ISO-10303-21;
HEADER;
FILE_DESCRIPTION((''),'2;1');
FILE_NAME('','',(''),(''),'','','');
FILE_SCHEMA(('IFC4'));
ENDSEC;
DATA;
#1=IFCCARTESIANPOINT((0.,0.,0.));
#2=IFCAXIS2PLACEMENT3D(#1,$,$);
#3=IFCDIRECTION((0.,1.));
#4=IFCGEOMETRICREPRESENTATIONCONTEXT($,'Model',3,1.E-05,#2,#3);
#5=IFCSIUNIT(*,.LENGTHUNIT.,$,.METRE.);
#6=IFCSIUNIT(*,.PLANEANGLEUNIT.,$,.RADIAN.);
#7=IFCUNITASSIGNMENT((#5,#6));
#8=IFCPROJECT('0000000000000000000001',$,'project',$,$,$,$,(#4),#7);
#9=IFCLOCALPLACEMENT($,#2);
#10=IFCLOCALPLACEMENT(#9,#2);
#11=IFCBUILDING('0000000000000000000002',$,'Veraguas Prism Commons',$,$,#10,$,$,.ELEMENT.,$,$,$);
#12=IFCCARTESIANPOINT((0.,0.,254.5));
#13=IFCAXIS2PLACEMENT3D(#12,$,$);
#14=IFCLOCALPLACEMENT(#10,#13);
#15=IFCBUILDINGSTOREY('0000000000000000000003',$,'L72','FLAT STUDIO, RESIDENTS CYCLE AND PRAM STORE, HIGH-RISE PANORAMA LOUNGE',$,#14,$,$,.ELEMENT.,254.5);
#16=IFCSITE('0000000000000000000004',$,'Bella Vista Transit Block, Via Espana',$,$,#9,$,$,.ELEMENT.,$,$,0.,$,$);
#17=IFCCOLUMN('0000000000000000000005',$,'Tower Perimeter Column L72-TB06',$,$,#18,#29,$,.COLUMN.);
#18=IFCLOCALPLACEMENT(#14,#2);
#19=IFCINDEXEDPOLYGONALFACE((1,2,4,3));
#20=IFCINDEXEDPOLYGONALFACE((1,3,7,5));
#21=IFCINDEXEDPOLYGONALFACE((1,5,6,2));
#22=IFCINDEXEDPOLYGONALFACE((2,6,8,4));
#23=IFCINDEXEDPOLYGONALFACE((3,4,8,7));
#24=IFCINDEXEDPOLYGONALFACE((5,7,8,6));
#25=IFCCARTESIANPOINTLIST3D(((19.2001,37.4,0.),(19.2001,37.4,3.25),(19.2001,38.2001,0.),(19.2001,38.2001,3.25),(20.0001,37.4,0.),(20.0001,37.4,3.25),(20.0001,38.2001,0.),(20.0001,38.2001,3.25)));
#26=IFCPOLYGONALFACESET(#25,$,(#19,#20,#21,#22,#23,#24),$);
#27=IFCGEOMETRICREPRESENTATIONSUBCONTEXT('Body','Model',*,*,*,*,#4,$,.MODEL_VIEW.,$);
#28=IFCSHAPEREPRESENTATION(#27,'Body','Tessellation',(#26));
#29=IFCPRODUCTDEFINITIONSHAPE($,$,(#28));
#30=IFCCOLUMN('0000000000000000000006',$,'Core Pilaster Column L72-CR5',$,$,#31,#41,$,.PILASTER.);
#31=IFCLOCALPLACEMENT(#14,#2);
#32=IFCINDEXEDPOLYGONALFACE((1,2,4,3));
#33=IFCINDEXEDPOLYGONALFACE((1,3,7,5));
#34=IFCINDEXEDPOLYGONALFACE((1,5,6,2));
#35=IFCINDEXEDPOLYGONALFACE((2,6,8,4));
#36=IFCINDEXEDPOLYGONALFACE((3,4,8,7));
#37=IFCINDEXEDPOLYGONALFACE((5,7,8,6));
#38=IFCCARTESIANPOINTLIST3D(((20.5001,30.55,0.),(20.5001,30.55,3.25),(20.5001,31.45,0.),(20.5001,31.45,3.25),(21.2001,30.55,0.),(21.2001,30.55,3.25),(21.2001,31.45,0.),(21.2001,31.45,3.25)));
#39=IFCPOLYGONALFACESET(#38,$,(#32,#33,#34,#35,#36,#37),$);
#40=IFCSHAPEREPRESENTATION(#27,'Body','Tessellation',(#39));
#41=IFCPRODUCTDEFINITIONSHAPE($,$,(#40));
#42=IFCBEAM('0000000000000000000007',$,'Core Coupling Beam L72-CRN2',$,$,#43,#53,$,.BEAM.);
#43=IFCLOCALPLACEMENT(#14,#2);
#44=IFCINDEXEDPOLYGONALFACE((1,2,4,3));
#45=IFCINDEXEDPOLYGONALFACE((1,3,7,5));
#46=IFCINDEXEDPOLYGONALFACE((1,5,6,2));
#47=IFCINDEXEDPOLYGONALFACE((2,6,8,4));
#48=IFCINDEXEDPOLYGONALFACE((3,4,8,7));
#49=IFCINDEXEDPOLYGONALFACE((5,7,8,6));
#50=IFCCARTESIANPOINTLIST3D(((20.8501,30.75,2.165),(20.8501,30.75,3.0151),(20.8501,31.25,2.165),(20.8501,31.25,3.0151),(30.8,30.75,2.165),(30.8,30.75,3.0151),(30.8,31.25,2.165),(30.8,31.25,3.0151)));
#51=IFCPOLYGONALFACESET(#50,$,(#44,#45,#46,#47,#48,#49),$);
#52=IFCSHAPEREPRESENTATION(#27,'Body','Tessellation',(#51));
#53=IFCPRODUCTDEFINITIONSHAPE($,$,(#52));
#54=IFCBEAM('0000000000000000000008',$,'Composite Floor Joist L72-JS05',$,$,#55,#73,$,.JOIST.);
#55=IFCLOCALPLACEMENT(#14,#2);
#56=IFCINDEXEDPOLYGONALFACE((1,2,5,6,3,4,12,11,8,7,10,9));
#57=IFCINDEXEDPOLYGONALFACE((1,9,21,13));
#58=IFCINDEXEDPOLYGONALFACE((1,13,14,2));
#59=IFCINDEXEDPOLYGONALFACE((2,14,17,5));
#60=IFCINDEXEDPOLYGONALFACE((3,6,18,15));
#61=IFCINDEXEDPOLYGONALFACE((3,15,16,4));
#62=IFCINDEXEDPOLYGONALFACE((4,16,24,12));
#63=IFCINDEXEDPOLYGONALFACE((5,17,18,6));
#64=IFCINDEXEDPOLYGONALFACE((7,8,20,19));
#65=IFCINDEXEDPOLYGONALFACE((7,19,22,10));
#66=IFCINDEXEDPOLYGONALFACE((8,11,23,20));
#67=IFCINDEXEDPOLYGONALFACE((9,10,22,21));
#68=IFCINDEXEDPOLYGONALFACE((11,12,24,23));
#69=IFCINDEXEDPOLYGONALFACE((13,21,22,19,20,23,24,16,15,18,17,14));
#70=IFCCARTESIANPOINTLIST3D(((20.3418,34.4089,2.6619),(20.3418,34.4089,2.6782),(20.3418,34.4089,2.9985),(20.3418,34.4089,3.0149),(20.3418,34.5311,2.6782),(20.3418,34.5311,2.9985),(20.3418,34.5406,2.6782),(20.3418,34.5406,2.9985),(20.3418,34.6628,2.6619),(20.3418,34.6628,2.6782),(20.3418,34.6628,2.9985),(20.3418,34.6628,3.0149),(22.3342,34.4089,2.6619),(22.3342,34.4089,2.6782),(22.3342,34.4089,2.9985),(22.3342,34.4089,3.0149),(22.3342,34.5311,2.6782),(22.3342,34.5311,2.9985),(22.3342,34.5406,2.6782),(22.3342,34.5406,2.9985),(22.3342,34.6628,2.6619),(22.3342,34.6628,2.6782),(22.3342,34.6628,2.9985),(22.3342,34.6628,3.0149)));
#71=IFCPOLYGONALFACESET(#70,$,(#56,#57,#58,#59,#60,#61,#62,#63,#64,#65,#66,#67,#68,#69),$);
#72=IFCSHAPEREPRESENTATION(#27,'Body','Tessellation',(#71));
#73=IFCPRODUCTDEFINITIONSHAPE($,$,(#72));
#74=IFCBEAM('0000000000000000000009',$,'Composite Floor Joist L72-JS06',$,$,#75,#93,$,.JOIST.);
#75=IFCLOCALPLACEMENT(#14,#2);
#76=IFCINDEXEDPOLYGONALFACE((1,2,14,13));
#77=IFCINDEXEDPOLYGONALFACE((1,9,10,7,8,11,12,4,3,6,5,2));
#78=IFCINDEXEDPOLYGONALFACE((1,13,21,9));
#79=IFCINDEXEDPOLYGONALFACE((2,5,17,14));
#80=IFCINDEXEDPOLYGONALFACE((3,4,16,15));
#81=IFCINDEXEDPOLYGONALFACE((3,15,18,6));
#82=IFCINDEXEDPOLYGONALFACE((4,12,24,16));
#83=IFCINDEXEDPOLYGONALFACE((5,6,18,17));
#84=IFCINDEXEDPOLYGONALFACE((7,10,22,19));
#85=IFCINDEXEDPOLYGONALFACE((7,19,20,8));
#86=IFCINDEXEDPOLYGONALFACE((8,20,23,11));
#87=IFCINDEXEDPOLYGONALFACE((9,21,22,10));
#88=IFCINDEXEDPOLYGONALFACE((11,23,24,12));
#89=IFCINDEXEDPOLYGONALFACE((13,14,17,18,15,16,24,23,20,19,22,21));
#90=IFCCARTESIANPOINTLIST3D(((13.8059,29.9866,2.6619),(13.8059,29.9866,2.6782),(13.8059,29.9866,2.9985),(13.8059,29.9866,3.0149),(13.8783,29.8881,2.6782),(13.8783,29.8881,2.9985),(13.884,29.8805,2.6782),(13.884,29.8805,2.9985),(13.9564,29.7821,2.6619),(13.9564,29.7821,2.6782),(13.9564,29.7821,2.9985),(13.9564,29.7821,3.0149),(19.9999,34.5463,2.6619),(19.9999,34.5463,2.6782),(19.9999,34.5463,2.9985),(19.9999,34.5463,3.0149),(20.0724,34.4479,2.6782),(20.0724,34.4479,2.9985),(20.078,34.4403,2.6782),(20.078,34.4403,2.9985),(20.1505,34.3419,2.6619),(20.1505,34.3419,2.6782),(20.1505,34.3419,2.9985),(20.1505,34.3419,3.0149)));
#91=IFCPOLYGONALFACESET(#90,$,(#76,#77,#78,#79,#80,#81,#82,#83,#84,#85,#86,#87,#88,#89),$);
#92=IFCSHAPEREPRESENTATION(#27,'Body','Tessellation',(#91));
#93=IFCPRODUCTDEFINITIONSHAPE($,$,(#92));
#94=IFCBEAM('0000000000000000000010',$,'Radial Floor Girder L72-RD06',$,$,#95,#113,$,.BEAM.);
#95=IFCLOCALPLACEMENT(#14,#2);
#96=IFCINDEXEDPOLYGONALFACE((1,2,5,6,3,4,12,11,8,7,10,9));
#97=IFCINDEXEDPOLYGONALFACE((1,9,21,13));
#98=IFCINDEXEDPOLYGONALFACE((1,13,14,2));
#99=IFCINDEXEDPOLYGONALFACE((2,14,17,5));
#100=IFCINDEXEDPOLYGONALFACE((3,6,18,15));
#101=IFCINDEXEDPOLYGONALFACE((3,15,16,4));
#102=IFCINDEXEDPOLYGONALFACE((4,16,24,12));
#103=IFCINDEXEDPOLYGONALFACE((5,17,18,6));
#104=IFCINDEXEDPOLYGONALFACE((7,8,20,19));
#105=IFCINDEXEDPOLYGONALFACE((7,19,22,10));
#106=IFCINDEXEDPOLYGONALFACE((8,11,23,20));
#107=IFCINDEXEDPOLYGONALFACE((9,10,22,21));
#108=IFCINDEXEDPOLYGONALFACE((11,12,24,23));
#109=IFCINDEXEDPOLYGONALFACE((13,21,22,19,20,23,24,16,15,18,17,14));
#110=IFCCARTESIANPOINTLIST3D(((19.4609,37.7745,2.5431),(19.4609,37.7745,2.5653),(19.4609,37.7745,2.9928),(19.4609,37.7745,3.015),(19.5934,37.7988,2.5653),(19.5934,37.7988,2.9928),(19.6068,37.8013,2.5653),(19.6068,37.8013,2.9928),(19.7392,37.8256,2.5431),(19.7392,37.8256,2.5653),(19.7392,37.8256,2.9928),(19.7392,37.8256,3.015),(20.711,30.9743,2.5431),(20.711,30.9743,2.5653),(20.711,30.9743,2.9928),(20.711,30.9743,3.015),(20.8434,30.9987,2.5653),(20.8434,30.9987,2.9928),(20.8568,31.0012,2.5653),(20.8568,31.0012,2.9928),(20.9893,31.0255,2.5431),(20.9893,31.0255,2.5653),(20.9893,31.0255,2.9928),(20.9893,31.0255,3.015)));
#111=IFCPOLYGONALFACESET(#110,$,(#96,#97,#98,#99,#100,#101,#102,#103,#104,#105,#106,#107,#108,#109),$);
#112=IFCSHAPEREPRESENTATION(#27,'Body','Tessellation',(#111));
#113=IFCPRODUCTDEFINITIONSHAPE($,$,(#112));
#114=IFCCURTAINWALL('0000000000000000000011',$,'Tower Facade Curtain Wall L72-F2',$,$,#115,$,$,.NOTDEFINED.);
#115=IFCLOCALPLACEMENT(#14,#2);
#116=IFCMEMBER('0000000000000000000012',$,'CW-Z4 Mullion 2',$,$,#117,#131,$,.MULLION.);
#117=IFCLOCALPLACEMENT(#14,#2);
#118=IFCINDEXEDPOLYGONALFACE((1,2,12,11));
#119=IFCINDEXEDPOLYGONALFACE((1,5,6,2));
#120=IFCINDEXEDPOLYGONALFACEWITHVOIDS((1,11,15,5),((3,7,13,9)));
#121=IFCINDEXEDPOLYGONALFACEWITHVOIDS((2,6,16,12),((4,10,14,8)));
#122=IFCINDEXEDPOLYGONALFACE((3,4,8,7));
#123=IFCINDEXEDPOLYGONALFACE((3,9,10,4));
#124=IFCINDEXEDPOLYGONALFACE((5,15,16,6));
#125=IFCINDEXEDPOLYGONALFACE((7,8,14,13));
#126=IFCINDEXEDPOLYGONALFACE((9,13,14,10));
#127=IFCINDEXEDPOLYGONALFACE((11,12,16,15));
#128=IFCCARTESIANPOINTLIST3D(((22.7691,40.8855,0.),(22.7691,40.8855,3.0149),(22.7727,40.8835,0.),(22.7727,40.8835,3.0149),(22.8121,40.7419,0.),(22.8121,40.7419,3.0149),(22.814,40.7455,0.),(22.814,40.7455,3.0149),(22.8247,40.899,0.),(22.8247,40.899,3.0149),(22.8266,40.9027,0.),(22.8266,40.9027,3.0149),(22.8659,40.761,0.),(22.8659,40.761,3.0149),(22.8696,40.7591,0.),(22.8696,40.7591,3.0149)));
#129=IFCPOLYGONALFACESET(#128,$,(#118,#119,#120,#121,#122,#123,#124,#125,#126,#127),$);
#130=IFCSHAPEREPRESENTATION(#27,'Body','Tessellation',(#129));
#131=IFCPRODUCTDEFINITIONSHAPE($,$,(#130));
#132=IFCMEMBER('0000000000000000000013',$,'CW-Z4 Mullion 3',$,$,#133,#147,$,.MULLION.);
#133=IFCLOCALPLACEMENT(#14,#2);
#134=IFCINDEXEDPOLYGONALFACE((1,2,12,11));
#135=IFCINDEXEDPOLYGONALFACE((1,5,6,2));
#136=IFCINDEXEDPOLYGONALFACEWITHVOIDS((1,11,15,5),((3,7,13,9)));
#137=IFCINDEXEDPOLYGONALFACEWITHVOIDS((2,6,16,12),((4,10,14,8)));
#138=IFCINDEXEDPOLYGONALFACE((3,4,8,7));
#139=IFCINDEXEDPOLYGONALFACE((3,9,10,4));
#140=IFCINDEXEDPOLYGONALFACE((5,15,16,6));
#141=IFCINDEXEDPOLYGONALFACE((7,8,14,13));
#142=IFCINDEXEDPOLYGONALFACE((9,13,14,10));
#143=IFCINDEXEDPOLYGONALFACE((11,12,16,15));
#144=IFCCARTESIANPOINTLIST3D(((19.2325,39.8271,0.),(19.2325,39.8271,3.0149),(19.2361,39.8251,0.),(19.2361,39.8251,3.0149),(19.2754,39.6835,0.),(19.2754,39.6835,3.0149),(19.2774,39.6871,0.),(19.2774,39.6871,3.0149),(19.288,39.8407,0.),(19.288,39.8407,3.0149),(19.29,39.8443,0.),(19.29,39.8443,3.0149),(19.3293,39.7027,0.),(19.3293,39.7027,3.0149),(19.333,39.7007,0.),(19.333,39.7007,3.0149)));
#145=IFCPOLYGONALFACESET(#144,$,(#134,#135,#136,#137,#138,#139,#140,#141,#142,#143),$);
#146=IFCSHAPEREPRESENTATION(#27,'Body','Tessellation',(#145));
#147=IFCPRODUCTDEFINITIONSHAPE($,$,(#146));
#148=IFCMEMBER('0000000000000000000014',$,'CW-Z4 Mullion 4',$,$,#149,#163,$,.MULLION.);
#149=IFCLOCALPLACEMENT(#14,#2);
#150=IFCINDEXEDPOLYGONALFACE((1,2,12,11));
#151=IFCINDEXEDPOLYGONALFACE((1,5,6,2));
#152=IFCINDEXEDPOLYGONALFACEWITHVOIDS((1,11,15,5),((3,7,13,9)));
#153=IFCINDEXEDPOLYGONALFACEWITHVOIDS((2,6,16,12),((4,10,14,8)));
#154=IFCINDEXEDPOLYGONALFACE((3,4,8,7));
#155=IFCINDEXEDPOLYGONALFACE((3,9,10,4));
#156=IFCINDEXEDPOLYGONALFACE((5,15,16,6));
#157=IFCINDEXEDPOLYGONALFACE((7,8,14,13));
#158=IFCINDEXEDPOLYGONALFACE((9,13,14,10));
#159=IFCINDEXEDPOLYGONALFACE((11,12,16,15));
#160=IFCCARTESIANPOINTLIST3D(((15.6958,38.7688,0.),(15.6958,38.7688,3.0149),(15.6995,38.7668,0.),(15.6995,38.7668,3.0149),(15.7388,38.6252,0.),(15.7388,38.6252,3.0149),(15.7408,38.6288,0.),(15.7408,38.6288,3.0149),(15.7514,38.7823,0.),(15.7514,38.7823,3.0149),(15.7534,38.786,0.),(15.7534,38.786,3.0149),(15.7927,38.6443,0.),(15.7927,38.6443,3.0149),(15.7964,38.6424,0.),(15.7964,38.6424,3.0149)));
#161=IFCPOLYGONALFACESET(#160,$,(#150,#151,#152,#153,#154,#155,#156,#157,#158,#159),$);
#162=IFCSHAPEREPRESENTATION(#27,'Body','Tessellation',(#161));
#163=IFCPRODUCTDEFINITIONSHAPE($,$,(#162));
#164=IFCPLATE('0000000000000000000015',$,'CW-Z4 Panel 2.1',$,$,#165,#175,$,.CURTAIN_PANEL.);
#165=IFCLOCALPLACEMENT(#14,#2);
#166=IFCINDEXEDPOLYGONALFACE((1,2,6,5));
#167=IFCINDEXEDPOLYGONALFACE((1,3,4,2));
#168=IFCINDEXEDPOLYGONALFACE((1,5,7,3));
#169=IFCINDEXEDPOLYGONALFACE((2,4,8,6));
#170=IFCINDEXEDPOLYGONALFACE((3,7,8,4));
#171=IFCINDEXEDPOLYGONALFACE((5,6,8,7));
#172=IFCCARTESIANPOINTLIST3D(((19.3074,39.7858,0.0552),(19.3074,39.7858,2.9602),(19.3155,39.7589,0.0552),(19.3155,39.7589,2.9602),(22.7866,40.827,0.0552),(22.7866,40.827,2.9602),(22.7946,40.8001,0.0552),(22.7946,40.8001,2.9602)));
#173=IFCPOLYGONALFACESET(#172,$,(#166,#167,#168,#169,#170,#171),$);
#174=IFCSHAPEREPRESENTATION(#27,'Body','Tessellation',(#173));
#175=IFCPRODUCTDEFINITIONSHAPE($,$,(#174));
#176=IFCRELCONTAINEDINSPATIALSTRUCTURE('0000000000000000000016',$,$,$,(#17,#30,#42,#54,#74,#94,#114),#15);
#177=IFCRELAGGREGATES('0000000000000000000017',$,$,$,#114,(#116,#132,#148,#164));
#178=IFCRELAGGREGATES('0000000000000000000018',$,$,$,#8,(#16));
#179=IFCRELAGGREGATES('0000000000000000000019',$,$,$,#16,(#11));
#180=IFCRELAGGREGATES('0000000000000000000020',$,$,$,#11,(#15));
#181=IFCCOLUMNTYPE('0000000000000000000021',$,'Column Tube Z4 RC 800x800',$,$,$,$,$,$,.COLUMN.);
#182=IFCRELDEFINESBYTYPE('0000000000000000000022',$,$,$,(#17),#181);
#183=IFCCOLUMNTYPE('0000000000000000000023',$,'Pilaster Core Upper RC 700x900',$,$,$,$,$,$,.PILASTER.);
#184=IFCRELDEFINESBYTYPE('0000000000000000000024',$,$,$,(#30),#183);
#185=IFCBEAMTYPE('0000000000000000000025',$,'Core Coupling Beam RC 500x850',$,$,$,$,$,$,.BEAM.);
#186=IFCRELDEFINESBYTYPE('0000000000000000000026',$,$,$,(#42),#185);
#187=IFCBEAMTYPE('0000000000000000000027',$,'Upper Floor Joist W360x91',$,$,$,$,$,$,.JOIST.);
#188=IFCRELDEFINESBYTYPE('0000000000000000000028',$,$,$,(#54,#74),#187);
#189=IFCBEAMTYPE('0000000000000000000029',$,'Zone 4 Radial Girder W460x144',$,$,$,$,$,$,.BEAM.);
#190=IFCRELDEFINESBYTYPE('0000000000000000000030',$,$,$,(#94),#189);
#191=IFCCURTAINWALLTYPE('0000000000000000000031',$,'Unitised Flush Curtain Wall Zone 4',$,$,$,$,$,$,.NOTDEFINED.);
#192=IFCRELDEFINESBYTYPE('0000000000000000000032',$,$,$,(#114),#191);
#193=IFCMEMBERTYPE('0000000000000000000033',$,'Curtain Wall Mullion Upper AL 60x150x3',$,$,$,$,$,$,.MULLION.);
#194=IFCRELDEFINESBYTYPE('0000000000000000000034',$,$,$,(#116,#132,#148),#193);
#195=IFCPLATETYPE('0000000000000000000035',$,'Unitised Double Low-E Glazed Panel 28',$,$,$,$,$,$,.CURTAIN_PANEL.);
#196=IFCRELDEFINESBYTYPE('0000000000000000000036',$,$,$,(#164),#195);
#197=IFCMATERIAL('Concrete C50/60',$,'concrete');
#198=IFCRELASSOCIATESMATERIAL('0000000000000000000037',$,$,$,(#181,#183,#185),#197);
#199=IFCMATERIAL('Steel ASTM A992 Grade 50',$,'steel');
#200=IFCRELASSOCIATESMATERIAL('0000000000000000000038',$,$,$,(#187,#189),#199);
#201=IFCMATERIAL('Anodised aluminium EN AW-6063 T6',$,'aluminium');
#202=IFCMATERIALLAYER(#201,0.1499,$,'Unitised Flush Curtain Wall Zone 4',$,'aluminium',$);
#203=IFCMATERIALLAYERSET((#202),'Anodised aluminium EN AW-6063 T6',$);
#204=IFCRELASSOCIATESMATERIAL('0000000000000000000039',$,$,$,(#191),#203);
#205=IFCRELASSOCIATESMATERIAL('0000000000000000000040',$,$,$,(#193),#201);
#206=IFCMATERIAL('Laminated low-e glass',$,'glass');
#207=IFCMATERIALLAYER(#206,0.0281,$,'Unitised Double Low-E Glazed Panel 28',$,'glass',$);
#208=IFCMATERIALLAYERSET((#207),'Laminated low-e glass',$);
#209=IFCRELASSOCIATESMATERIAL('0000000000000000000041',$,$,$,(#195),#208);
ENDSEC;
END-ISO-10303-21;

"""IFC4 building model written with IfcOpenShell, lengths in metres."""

from ifc_helpers import new_model, si_unit, direction, frame, origin, origin_2d, place, context, subcontext, project, spatial, rectangle, hollow_rectangle, i_section, extrude, source, transform, mapped, material, layer, layer_set, material_profile, profile_set, type_object, element, aggregate, save


model = new_model("IFC4")

# Units and contexts
model_context = context("Model", 3, precision=1e-05, world=origin(), true_north=direction((0.0, 1.0)))
body_context = subcontext(model_context, "Body", "Model", "MODEL_VIEW")
ifc_project = project(units=[si_unit("LENGTHUNIT", "METRE"), si_unit("PLANEANGLEUNIT", "RADIAN")], contexts=[model_context])

# Site, building, storey
site_placement = place(None, origin())
site = spatial("IfcSite", under=ifc_project, at=site_placement, Name="Bella Vista Transit Block, Via Espana", CompositionType="ELEMENT", RefElevation=0.0)
building_placement = place(site_placement, origin())
building = spatial("IfcBuilding", under=site, at=building_placement, Name="Veraguas Prism Commons", CompositionType="ELEMENT")
storey_placement = place(building_placement, frame((0.0, 0.0, 254.5)))
storey = spatial("IfcBuildingStorey", under=building, at=storey_placement, Name="L72", Description="FLAT STUDIO, RESIDENTS CYCLE AND PRAM STORE, HIGH-RISE PANORAMA LOUNGE", CompositionType="ELEMENT", Elevation=254.5)

# Columns
ifc_material_1 = material(Name="Concrete C50/60", Category="concrete")
ifc_material_profile_1 = material_profile(ifc_material_1, rectangle(XDim=0.8, YDim=0.8, at=origin_2d()), Name="RC800X800")
ifc_profile_set_1 = profile_set([ifc_material_profile_1], Name="Concrete C50/60")
column_type_1 = type_object("IfcColumnType", Name="Column Tube Z4 RC 800x800", PredefinedType="COLUMN", material=ifc_profile_set_1)
column_1_placement = place(storey_placement, frame((19.6001, 37.8, 0.0), z_axis=(0.0, 0.0, 1.0), x_axis=(1.0, 0.0, 0.0)))
element("IfcColumn", 1, at=column_1_placement, inside=storey, type_object=column_type_1, Name="Tower Perimeter Column L72-TB06", PredefinedType="COLUMN", context=body_context, shape_type="SweptSolid", body=[
    extrude(rectangle(XDim=0.8, YDim=0.8, at=origin_2d()), origin(), (0.0, 0.0, 1.0), 3.25),
])
ifc_material_profile_2 = material_profile(ifc_material_1, rectangle(XDim=0.7, YDim=0.8999, at=origin_2d()), Name="RC700X900")
ifc_profile_set_2 = profile_set([ifc_material_profile_2], Name="Concrete C50/60")
column_type_2 = type_object("IfcColumnType", Name="Pilaster Core Upper RC 700x900", PredefinedType="PILASTER", material=ifc_profile_set_2)
column_2_placement = place(storey_placement, frame((20.8501, 31.0, 0.0), z_axis=(0.0, 0.0, 1.0), x_axis=(1.0, 0.0, 0.0)))
element("IfcColumn", 2, at=column_2_placement, inside=storey, type_object=column_type_2, Name="Core Pilaster Column L72-CR5", PredefinedType="PILASTER", context=body_context, shape_type="SweptSolid", body=[
    extrude(rectangle(XDim=0.7, YDim=0.8999, at=origin_2d()), origin(), (0.0, 0.0, 1.0), 3.25),
])

# Beams
ifc_material_profile_3 = material_profile(ifc_material_1, rectangle(XDim=0.5, YDim=0.8501, at=origin_2d()), Name="RC500X850")
ifc_profile_set_3 = profile_set([ifc_material_profile_3], Name="Concrete C50/60")
beam_type_1 = type_object("IfcBeamType", Name="Core Coupling Beam RC 500x850", PredefinedType="BEAM", material=ifc_profile_set_3)
beam_1_placement = place(storey_placement, frame((20.8501, 31.0, 2.5901), z_axis=(1.0, 0.0, 0.0), x_axis=(0.0, 1.0, 0.0)))
element("IfcBeam", 3, at=beam_1_placement, inside=storey, type_object=beam_type_1, Name="Core Coupling Beam L72-CRN2", PredefinedType="BEAM", context=body_context, shape_type="SweptSolid", body=[
    extrude(rectangle(XDim=0.5, YDim=0.8501, at=origin_2d()), origin(), (0.0, 0.0, 1.0), 9.95),
])
ifc_material_2 = material(Name="Steel ASTM A992 Grade 50", Category="steel")
ifc_material_profile_4 = material_profile(ifc_material_2, i_section(OverallWidth=0.2539, OverallDepth=0.353, WebThickness=0.0095, FlangeThickness=0.0164, at=origin_2d()), Name="W360X91")
ifc_profile_set_4 = profile_set([ifc_material_profile_4], Name="Steel ASTM A992 Grade 50")
beam_type_2 = type_object("IfcBeamType", Name="Upper Floor Joist W360x91", PredefinedType="JOIST", material=ifc_profile_set_4)
beam_2_placement = place(storey_placement, frame((22.3342, 34.5359, 2.8384), z_axis=(-1.0, 0.0, 0.0), x_axis=(0.0, -1.0, 0.0)))
element("IfcBeam", 4, at=beam_2_placement, inside=storey, type_object=beam_type_2, Name="Composite Floor Joist L72-JS05", PredefinedType="JOIST", context=body_context, shape_type="SweptSolid", body=[
    extrude(i_section(OverallWidth=0.2539, OverallDepth=0.353, WebThickness=0.0095, FlangeThickness=0.0164, at=origin_2d()), origin(), (0.0, 0.0, 1.0), 1.9924),
])
beam_3_placement = place(storey_placement, frame((20.0752, 34.4441, 2.8384), z_axis=(-0.80532, -0.592841, 0.0), x_axis=(0.592841, -0.80532, 0.0)))
element("IfcBeam", 5, at=beam_3_placement, inside=storey, type_object=beam_type_2, Name="Composite Floor Joist L72-JS06", PredefinedType="JOIST", context=body_context, shape_type="SweptSolid", body=[
    extrude(i_section(OverallWidth=0.2539, OverallDepth=0.353, WebThickness=0.0095, FlangeThickness=0.0164, at=origin_2d()), origin(), (0.0, 0.0, 1.0), 7.6914),
])
ifc_material_profile_5 = material_profile(ifc_material_2, i_section(OverallWidth=0.283, OverallDepth=0.4719, WebThickness=0.0137, FlangeThickness=0.0222, at=origin_2d()), Name="W460X144")
ifc_profile_set_5 = profile_set([ifc_material_profile_5], Name="Steel ASTM A992 Grade 50")
beam_type_3 = type_object("IfcBeamType", Name="Zone 4 Radial Girder W460x144", PredefinedType="BEAM", material=ifc_profile_set_5)
beam_4_placement = place(storey_placement, frame((19.6001, 37.8, 2.7791), z_axis=(0.180793, -0.983521, 0.0), x_axis=(0.983521, 0.180793, 0.0)))
element("IfcBeam", 6, at=beam_4_placement, inside=storey, type_object=beam_type_3, Name="Radial Floor Girder L72-RD06", PredefinedType="BEAM", context=body_context, shape_type="SweptSolid", body=[
    extrude(i_section(OverallWidth=0.283, OverallDepth=0.4719, WebThickness=0.0137, FlangeThickness=0.0222, at=origin_2d()), origin(), (0.0, 0.0, 1.0), 6.9141),
])

# Curtain wall, members, plate
ifc_material_3 = material(Name="Anodised aluminium EN AW-6063 T6", Category="aluminium")
ifc_layer_1 = layer(ifc_material_3, 0.1499, Name="Unitised Flush Curtain Wall Zone 4", Category="aluminium")
ifc_layer_set_1 = layer_set([ifc_layer_1], Name="Anodised aluminium EN AW-6063 T6")
curtain_wall_type = type_object("IfcCurtainWallType", Name="Unitised Flush Curtain Wall Zone 4", PredefinedType="NOTDEFINED", material=ifc_layer_set_1)
curtain_wall_placement = place(storey_placement, origin())
curtain_wall = element("IfcCurtainWall", 7, at=curtain_wall_placement, inside=storey, type_object=curtain_wall_type, Name="Tower Facade Curtain Wall L72-F2", PredefinedType="NOTDEFINED")
ifc_material_profile_6 = material_profile(ifc_material_3, hollow_rectangle(XDim=0.0601, YDim=0.1499, WallThickness=0.0029, at=origin_2d()), Name="AL60X150X3")
ifc_profile_set_6 = profile_set([ifc_material_profile_6], Name="Anodised aluminium EN AW-6063 T6")
member_type = type_object("IfcMemberType", Name="Curtain Wall Mullion Upper AL 60x150x3", PredefinedType="MULLION", material=ifc_profile_set_6)
shared_shape_1 = source(origin(), body_context, "Body", "SweptSolid", [
    extrude(hollow_rectangle(XDim=0.0601, YDim=0.1499, WallThickness=0.0029, at=origin_2d()), origin(), (0.0, 0.0, 1.0), 3.0149),
])
member_1_placement = place(storey_placement, frame((22.8193, 40.8223, 0.0), z_axis=(0.0, 0.0, 1.0), x_axis=(-0.958023, -0.286692, 0.0)))
member_1 = element("IfcMember", 8, at=member_1_placement, type_object=member_type, Name="CW-Z4 Mullion 2", PredefinedType="MULLION", context=body_context, shape_type="MappedRepresentation", body=[
    mapped(shared_shape_1, transform((0.0, 0.0, 0.0), scale=1.0)),
])
member_2_placement = place(storey_placement, frame((19.2827, 39.7639, 0.0), z_axis=(0.0, 0.0, 1.0), x_axis=(-0.958023, -0.286692, 0.0)))
member_2 = element("IfcMember", 9, at=member_2_placement, type_object=member_type, Name="CW-Z4 Mullion 3", PredefinedType="MULLION", context=body_context, shape_type="MappedRepresentation", body=[
    mapped(shared_shape_1, transform((0.0, 0.0, 0.0), scale=1.0)),
])
member_3_placement = place(storey_placement, frame((15.7461, 38.7056, 0.0), z_axis=(0.0, 0.0, 1.0), x_axis=(-0.958023, -0.286692, 0.0)))
member_3 = element("IfcMember", 10, at=member_3_placement, type_object=member_type, Name="CW-Z4 Mullion 4", PredefinedType="MULLION", context=body_context, shape_type="MappedRepresentation", body=[
    mapped(shared_shape_1, transform((0.0, 0.0, 0.0), scale=1.0)),
])
ifc_material_4 = material(Name="Laminated low-e glass", Category="glass")
ifc_layer_2 = layer(ifc_material_4, 0.0281, Name="Unitised Double Low-E Glazed Panel 28", Category="glass")
ifc_layer_set_2 = layer_set([ifc_layer_2], Name="Laminated low-e glass")
plate_type = type_object("IfcPlateType", Name="Unitised Double Low-E Glazed Panel 28", PredefinedType="CURTAIN_PANEL", material=ifc_layer_set_2)
shared_shape_2 = source(origin(), body_context, "Body", "SweptSolid", [
    extrude(rectangle(XDim=3.6316, YDim=0.0281, at=origin_2d()), origin(), (0.0, 0.0, 1.0), 2.905),
])
plate_1_placement = place(storey_placement, frame((21.051, 40.293, 0.0552), z_axis=(0.0, 0.0, 1.0), x_axis=(-0.958023, -0.286692, 0.0)))
plate_1 = element("IfcPlate", 11, at=plate_1_placement, type_object=plate_type, Name="CW-Z4 Panel 2.1", PredefinedType="CURTAIN_PANEL", context=body_context, shape_type="MappedRepresentation", body=[
    mapped(shared_shape_2, transform((0.0, 0.0, 0.0), scale=1.0)),
])
aggregate(curtain_wall, [member_1, member_2, member_3, plate_1])

save(model, "model.ifc")
